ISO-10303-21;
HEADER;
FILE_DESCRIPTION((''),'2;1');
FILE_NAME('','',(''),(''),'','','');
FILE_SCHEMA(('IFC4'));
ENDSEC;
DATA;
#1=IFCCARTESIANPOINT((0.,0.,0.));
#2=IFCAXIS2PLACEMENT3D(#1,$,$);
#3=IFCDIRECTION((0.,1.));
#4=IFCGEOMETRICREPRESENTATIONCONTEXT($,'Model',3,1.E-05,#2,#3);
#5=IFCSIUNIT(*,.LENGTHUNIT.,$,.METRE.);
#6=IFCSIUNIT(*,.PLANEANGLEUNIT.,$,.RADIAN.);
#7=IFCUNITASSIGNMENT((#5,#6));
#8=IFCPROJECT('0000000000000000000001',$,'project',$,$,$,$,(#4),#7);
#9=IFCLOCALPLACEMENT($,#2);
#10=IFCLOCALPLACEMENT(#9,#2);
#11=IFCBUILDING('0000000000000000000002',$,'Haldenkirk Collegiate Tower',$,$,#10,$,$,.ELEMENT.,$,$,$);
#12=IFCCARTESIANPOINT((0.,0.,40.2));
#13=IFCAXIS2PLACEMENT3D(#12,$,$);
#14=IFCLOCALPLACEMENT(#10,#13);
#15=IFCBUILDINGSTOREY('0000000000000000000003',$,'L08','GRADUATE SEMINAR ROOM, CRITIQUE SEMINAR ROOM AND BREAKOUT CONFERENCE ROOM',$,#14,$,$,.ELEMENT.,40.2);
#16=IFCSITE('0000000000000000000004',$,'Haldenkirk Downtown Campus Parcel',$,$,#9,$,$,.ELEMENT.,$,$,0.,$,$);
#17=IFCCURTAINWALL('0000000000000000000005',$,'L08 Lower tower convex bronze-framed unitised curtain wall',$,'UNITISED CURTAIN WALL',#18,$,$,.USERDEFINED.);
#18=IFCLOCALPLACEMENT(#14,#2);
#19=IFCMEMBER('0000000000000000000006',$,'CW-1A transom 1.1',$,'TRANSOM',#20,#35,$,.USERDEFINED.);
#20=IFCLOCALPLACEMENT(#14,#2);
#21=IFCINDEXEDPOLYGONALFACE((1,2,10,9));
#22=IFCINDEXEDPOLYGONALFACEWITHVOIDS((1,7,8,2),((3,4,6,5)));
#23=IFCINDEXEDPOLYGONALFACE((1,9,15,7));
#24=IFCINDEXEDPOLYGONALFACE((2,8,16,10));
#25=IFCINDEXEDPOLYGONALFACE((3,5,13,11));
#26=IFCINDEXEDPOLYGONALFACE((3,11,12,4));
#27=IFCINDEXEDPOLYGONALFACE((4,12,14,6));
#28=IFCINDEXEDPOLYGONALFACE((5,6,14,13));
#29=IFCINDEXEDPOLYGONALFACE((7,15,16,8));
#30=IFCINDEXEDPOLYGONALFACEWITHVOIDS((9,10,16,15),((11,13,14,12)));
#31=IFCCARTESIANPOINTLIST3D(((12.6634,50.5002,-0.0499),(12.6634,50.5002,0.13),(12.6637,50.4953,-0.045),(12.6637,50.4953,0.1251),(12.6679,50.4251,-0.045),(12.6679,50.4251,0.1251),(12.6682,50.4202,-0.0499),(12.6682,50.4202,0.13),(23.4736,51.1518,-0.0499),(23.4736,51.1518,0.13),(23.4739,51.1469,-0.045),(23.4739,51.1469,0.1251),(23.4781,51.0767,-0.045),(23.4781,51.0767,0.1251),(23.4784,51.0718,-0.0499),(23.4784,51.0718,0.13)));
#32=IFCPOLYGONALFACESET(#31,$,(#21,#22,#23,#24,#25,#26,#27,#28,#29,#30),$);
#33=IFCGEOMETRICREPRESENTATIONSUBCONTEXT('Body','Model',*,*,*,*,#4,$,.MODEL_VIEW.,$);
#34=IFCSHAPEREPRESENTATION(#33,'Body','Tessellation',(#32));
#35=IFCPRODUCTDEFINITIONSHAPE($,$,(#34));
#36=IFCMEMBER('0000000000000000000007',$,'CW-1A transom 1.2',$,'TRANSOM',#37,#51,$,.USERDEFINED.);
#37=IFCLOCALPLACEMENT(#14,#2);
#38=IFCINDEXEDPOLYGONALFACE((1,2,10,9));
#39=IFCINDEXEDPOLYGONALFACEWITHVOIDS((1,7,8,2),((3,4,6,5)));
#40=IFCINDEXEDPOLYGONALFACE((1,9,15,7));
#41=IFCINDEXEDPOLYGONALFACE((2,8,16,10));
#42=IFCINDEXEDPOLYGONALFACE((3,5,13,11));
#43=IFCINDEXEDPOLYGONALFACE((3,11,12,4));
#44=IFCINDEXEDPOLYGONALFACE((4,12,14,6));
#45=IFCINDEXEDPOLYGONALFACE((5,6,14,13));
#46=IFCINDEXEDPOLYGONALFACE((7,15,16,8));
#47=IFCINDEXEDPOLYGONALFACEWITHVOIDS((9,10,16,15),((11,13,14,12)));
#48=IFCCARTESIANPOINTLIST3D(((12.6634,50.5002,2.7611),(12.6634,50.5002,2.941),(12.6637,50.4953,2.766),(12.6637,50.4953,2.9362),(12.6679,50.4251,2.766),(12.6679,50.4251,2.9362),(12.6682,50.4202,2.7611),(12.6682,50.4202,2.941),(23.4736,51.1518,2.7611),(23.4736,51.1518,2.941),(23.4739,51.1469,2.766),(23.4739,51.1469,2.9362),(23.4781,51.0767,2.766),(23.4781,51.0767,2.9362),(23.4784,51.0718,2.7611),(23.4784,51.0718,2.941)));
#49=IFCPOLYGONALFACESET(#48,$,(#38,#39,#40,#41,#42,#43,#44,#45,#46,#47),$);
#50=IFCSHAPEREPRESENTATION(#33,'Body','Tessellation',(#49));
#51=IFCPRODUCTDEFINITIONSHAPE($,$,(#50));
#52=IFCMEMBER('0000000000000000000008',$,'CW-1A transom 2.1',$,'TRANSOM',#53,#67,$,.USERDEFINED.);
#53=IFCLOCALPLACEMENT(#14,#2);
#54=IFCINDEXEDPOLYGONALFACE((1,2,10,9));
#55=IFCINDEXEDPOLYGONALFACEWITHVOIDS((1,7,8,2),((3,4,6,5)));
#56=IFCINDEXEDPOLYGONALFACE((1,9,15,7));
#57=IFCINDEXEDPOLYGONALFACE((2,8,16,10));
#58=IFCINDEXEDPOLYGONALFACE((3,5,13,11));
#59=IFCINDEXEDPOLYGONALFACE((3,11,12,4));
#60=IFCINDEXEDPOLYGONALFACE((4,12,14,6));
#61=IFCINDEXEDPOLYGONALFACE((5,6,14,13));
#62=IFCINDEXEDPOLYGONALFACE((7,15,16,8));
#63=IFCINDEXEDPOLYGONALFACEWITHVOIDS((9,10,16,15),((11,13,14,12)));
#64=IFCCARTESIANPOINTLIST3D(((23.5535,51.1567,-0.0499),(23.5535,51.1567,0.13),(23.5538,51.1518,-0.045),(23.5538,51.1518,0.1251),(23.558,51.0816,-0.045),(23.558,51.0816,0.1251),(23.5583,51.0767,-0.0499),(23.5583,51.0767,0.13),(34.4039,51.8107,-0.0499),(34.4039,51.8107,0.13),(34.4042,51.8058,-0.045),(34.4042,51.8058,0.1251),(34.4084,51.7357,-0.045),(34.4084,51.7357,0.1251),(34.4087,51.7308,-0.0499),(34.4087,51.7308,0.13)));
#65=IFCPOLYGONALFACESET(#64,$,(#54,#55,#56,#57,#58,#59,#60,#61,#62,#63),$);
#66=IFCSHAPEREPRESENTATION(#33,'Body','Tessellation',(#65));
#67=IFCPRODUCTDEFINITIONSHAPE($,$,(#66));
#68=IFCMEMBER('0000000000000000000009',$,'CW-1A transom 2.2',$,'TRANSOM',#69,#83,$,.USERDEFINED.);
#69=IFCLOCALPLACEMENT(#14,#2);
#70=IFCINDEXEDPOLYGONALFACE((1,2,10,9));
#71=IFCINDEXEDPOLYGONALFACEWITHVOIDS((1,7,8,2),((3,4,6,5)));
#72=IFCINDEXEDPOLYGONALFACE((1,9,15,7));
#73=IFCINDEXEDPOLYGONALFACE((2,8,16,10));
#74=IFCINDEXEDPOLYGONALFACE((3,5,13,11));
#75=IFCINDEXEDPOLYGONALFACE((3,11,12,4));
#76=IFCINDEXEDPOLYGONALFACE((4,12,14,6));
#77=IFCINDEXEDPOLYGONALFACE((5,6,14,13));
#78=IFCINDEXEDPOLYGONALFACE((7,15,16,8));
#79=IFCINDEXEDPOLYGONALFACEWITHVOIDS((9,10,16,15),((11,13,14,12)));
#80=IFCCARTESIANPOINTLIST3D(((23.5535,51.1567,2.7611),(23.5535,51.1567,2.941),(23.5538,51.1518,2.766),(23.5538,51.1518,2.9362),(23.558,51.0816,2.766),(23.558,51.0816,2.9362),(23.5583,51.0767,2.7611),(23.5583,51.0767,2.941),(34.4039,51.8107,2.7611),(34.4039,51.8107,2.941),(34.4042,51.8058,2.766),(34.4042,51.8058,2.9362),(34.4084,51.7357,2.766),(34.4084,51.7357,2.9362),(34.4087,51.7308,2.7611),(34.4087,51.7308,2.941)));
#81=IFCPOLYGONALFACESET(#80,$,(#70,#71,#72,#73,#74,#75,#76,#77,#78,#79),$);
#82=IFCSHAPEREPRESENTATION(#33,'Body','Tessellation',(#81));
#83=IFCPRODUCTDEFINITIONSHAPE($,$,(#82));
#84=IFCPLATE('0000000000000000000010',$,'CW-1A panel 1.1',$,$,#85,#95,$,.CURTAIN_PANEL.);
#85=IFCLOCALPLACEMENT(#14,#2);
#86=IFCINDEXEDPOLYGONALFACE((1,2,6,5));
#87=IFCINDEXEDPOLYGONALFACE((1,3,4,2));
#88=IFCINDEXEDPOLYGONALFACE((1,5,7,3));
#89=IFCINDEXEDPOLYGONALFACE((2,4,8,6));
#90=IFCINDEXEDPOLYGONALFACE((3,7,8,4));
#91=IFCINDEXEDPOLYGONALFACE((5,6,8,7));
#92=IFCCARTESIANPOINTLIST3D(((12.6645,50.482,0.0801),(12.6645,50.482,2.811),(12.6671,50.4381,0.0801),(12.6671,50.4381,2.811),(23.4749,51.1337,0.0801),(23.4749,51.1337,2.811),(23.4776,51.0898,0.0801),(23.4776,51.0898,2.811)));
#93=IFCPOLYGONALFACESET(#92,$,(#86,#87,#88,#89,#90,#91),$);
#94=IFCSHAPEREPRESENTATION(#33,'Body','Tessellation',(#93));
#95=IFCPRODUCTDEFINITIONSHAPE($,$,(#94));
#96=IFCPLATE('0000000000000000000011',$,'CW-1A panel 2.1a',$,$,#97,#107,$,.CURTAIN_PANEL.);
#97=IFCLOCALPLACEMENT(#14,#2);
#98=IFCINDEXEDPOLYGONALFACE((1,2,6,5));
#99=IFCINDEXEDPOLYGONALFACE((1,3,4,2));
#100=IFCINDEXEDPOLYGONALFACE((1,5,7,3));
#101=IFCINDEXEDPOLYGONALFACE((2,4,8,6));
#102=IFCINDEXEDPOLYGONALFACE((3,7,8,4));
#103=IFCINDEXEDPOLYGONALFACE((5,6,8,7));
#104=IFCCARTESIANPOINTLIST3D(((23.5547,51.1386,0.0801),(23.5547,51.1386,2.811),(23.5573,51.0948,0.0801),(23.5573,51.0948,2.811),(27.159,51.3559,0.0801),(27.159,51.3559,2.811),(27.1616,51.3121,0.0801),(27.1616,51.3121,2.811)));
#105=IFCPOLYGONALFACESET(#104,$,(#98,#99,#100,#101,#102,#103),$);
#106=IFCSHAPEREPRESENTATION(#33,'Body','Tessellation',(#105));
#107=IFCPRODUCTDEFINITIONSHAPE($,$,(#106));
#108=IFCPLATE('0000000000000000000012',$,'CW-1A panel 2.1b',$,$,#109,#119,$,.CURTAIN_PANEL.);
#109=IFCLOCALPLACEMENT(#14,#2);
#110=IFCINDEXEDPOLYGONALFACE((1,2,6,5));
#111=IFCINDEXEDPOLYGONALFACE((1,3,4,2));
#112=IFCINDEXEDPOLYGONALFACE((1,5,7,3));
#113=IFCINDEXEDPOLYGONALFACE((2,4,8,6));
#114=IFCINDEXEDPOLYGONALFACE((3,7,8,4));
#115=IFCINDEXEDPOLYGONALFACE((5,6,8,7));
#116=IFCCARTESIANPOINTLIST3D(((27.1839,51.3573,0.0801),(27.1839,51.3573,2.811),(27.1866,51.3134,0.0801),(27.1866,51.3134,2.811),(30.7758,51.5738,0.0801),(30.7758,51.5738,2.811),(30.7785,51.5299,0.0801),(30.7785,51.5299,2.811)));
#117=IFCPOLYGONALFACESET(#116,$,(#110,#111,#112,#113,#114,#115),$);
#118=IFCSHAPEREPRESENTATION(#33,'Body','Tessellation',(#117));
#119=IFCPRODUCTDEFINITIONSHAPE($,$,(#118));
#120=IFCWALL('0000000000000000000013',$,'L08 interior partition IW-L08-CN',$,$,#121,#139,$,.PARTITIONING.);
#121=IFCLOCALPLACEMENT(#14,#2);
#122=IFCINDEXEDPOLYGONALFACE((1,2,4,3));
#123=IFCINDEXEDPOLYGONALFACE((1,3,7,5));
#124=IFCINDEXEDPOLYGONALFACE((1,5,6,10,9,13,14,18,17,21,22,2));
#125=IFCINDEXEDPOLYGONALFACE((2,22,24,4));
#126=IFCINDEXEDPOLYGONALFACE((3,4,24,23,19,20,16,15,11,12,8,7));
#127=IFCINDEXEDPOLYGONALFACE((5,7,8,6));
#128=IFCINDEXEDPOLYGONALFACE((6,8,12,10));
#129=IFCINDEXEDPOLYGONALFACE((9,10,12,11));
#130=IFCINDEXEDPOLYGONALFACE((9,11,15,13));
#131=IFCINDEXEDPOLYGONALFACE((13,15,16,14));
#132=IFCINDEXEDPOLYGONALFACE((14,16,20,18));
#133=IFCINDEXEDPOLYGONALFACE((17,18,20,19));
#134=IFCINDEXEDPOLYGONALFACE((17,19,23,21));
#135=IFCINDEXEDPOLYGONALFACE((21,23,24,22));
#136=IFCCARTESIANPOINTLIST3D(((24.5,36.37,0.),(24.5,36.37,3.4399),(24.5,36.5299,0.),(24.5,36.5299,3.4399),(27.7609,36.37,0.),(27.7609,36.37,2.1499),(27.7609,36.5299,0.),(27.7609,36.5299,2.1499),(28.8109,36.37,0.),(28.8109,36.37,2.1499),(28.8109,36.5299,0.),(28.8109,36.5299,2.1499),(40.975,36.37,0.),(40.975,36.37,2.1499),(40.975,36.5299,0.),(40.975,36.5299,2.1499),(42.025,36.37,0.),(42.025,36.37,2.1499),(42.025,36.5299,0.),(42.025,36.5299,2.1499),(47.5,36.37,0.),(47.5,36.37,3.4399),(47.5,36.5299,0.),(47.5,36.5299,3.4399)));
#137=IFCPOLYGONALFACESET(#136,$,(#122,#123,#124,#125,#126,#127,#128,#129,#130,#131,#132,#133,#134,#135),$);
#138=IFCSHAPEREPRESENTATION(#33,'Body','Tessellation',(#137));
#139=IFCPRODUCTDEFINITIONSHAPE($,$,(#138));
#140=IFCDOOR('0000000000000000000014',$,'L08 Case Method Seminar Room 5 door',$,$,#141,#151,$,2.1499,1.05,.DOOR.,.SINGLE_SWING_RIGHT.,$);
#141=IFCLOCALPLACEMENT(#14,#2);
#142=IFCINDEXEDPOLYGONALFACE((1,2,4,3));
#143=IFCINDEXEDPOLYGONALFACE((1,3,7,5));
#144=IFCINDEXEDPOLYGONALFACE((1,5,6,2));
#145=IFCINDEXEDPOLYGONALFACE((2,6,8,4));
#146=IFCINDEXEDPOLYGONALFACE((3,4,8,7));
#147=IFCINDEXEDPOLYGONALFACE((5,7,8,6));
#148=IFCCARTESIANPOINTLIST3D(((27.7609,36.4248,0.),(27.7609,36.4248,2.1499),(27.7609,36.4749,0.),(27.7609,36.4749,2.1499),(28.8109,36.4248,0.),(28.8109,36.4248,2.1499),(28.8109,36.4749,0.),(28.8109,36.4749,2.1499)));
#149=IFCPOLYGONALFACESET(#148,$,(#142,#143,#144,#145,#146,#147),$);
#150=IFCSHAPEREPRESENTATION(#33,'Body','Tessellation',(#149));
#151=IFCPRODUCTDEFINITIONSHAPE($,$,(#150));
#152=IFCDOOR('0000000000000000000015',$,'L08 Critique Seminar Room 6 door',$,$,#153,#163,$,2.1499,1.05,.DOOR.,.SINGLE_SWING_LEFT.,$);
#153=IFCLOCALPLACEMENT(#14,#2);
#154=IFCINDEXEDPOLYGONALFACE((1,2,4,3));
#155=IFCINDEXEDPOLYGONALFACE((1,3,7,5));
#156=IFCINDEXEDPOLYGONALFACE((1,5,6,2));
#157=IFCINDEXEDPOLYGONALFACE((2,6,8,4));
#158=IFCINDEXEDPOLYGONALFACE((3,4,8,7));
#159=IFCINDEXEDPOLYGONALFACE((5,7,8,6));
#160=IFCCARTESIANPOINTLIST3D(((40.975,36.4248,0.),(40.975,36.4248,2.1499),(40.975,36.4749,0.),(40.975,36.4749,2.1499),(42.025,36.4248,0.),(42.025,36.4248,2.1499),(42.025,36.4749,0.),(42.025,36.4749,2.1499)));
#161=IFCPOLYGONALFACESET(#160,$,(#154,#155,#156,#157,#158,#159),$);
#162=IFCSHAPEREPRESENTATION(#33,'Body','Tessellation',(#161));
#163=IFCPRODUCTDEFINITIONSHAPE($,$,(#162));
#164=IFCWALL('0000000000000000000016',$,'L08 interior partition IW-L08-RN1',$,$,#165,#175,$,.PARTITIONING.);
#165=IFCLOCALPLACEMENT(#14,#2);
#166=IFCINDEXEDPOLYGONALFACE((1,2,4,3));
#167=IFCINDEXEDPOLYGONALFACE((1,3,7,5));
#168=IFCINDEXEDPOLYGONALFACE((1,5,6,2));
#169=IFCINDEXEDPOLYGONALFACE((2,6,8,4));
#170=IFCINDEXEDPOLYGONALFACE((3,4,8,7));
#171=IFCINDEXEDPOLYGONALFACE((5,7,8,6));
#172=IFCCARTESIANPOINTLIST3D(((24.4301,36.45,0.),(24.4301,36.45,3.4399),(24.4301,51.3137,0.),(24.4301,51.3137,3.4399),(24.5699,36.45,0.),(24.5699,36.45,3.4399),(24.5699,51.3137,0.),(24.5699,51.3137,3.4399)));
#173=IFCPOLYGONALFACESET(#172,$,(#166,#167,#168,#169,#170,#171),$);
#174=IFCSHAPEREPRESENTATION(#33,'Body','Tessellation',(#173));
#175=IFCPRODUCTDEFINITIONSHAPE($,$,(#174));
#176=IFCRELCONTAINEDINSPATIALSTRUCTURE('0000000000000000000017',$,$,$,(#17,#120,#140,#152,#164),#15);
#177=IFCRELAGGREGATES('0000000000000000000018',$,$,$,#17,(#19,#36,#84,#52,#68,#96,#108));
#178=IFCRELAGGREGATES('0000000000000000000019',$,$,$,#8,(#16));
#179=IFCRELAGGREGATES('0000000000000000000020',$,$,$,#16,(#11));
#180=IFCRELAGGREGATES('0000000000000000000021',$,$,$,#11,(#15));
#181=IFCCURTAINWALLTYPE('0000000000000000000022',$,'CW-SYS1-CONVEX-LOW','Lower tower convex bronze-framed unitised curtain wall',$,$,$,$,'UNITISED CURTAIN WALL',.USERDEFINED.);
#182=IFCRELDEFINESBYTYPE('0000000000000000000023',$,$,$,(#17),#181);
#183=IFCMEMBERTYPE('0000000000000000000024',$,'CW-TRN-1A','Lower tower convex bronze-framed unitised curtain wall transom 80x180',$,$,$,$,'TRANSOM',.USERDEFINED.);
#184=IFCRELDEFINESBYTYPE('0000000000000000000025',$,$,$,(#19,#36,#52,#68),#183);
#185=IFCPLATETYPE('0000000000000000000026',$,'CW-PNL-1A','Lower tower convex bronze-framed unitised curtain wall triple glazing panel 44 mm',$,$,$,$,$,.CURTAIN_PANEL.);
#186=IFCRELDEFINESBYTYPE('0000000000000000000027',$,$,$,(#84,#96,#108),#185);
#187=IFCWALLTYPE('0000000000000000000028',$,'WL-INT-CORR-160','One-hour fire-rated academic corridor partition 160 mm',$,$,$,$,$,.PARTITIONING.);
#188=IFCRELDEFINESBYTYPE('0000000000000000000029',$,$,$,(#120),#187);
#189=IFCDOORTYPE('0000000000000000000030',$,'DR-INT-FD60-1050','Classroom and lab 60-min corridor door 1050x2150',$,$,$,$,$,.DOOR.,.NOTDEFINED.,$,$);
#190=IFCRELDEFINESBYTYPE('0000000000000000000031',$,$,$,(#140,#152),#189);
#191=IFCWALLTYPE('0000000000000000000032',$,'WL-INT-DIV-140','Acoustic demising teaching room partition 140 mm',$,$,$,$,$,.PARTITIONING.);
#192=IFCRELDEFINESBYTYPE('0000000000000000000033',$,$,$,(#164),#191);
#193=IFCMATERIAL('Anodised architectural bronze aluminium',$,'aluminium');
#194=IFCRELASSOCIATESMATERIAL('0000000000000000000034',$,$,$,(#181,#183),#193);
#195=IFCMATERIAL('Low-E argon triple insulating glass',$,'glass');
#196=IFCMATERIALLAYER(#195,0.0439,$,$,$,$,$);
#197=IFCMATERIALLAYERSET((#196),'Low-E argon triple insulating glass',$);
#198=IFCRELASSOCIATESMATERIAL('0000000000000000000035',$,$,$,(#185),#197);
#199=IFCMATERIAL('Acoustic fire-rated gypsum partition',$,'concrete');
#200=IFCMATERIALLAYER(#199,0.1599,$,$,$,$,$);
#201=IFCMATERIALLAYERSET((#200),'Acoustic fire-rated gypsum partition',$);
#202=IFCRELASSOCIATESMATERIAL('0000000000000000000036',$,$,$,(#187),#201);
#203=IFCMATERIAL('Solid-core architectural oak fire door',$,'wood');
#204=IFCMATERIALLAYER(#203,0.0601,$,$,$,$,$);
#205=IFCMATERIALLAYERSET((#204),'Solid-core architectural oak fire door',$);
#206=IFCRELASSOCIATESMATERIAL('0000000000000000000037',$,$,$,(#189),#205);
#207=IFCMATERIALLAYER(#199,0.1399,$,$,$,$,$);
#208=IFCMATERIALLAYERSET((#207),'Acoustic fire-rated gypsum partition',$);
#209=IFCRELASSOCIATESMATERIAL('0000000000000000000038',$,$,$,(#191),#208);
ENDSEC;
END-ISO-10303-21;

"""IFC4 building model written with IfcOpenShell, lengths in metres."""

from ifc_helpers import new_model, si_unit, direction, frame, frame_2d, origin, origin_2d, place, context, subcontext, project, spatial, rectangle, hollow_rectangle, extrude, source, transform, mapped, material, layer, layer_set, material_profile, profile_set, type_object, element, fill, aggregate, save


model = new_model("IFC4")

# Units and contexts
model_context = context("Model", 3, precision=1e-05, world=origin(), true_north=direction((0.0, 1.0)))
body_context = subcontext(model_context, "Body", "Model", "MODEL_VIEW")
ifc_project = project(units=[si_unit("LENGTHUNIT", "METRE"), si_unit("PLANEANGLEUNIT", "RADIAN")], contexts=[model_context])

# Site, building, storey
site_placement = place(None, origin())
site = spatial("IfcSite", under=ifc_project, at=site_placement, Name="Haldenkirk Downtown Campus Parcel", CompositionType="ELEMENT", RefElevation=0.0)
building_placement = place(site_placement, origin())
building = spatial("IfcBuilding", under=site, at=building_placement, Name="Haldenkirk Collegiate Tower", CompositionType="ELEMENT")
storey_placement = place(building_placement, frame((0.0, 0.0, 40.2)))
storey = spatial("IfcBuildingStorey", under=building, at=storey_placement, Name="L08", Description="GRADUATE SEMINAR ROOM, CRITIQUE SEMINAR ROOM AND BREAKOUT CONFERENCE ROOM", CompositionType="ELEMENT", Elevation=40.2)

# Curtain wall, members, plates
ifc_material_1 = material(Name="Anodised architectural bronze aluminium", Category="aluminium")
curtain_wall_type = type_object("IfcCurtainWallType", Name="CW-SYS1-CONVEX-LOW", Description="Lower tower convex bronze-framed unitised curtain wall", ElementType="UNITISED CURTAIN WALL", PredefinedType="USERDEFINED", material=ifc_material_1)
curtain_wall_placement = place(storey_placement, origin())
curtain_wall = element("IfcCurtainWall", 1, at=curtain_wall_placement, inside=storey, type_object=curtain_wall_type, Name="L08 Lower tower convex bronze-framed unitised curtain wall", ObjectType="UNITISED CURTAIN WALL", PredefinedType="USERDEFINED")
ifc_material_profile_1 = material_profile(ifc_material_1, hollow_rectangle(XDim=0.0801, YDim=0.1799, WallThickness=0.0049, at=origin_2d()), Name="CW-TRN-1A")
ifc_profile_set_1 = profile_set([ifc_material_profile_1], Name="Anodised architectural bronze aluminium")
member_type_1 = type_object("IfcMemberType", Name="CW-TRN-1A", Description="Lower tower convex bronze-framed unitised curtain wall transom 80x180", ElementType="TRANSOM", PredefinedType="USERDEFINED", material=ifc_profile_set_1)
member_1_placement = place(storey_placement, frame((12.6658, 50.4602, 0.04), z_axis=(0.998188, 0.060168, 0.0), x_axis=(-0.060168, 0.998188, 0.0)))
member_1 = element("IfcMember", 2, at=member_1_placement, type_object=member_type_1, Name="CW-1A transom 1.1", ObjectType="TRANSOM", PredefinedType="USERDEFINED", context=body_context, shape_type="SweptSolid", body=[
    extrude(hollow_rectangle(XDim=0.0801, YDim=0.1799, WallThickness=0.0049, at=origin_2d()), origin(), (0.0, 0.0, 1.0), 10.8298),
])
member_2_placement = place(storey_placement, frame((12.6658, 50.4602, 2.8511), z_axis=(0.998188, 0.060168, 0.0), x_axis=(-0.060168, 0.998188, 0.0)))
member_2 = element("IfcMember", 3, at=member_2_placement, type_object=member_type_1, Name="CW-1A transom 1.2", ObjectType="TRANSOM", PredefinedType="USERDEFINED", context=body_context, shape_type="SweptSolid", body=[
    extrude(hollow_rectangle(XDim=0.0801, YDim=0.1799, WallThickness=0.0049, at=origin_2d()), origin(), (0.0, 0.0, 1.0), 10.8298),
])
member_3_placement = place(storey_placement, frame((23.5559, 51.1167, 0.04), z_axis=(0.998188, 0.06017, 0.0), x_axis=(-0.06017, 0.998188, 0.0)))
member_3 = element("IfcMember", 4, at=member_3_placement, type_object=member_type_1, Name="CW-1A transom 2.1", ObjectType="TRANSOM", PredefinedType="USERDEFINED", context=body_context, shape_type="SweptSolid", body=[
    extrude(hollow_rectangle(XDim=0.0801, YDim=0.1799, WallThickness=0.0049, at=origin_2d()), origin(), (0.0, 0.0, 1.0), 10.8701),
])
member_4_placement = place(storey_placement, frame((23.5559, 51.1167, 2.8511), z_axis=(0.998188, 0.06017, 0.0), x_axis=(-0.06017, 0.998188, 0.0)))
member_4 = element("IfcMember", 5, at=member_4_placement, type_object=member_type_1, Name="CW-1A transom 2.2", ObjectType="TRANSOM", PredefinedType="USERDEFINED", context=body_context, shape_type="SweptSolid", body=[
    extrude(hollow_rectangle(XDim=0.0801, YDim=0.1799, WallThickness=0.0049, at=origin_2d()), origin(), (0.0, 0.0, 1.0), 10.8701),
])
ifc_material_2 = material(Name="Low-E argon triple insulating glass", Category="glass")
ifc_layer_1 = layer(ifc_material_2, 0.0439)
ifc_layer_set_1 = layer_set([ifc_layer_1], Name="Low-E argon triple insulating glass")
plate_type = type_object("IfcPlateType", Name="CW-PNL-1A", Description="Lower tower convex bronze-framed unitised curtain wall triple glazing panel 44 mm", PredefinedType="CURTAIN_PANEL", material=ifc_layer_set_1)
shared_shape_1 = source(origin(), body_context, "Body", "SweptSolid", [
    extrude(rectangle(XDim=10.8301, YDim=0.0439, at=origin_2d()), origin(), (0.0, 0.0, 1.0), 2.731),
])
plate_1_placement = place(storey_placement, frame((18.071, 50.7859, 0.0801), z_axis=(0.0, 0.0, 1.0), x_axis=(0.998188, 0.060176, 0.0)))
plate_1 = element("IfcPlate", 6, at=plate_1_placement, type_object=plate_type, Name="CW-1A panel 1.1", PredefinedType="CURTAIN_PANEL", context=body_context, shape_type="MappedRepresentation", body=[
    mapped(shared_shape_1, transform((0.0, 0.0, 0.0), x_axis=(1.0, 0.0, 0.0), y_axis=(0.0, 1.0, 0.0), z_axis=(0.0, 0.0, 1.0), scale=1.0)),
])
shared_shape_2 = source(origin(), body_context, "Body", "SweptSolid", [
    extrude(rectangle(XDim=3.6108, YDim=0.0439, at=origin_2d()), origin(), (0.0, 0.0, 1.0), 2.731),
])
plate_2_placement = place(storey_placement, frame((25.3582, 51.2253, 0.0801), z_axis=(0.0, 0.0, 1.0), x_axis=(0.998188, 0.060176, 0.0)))
plate_2 = element("IfcPlate", 7, at=plate_2_placement, type_object=plate_type, Name="CW-1A panel 2.1a", PredefinedType="CURTAIN_PANEL", context=body_context, shape_type="MappedRepresentation", body=[
    mapped(shared_shape_2, transform((0.0, 0.0, 0.0), x_axis=(1.0, 0.0, 0.0), y_axis=(0.0, 1.0, 0.0), z_axis=(0.0, 0.0, 1.0), scale=1.0)),
])
shared_shape_3 = source(origin(), body_context, "Body", "SweptSolid", [
    extrude(rectangle(XDim=3.5984, YDim=0.0439, at=origin_2d()), origin(), (0.0, 0.0, 1.0), 2.731),
])
plate_3_placement = place(storey_placement, frame((28.9812, 51.4436, 0.0801), z_axis=(0.0, 0.0, 1.0), x_axis=(0.998188, 0.060176, 0.0)))
plate_3 = element("IfcPlate", 8, at=plate_3_placement, type_object=plate_type, Name="CW-1A panel 2.1b", PredefinedType="CURTAIN_PANEL", context=body_context, shape_type="MappedRepresentation", body=[
    mapped(shared_shape_3, transform((0.0, 0.0, 0.0), x_axis=(1.0, 0.0, 0.0), y_axis=(0.0, 1.0, 0.0), z_axis=(0.0, 0.0, 1.0), scale=1.0)),
])
aggregate(curtain_wall, [member_1, member_2, plate_1, member_3, member_4, plate_2, plate_3])

# Wall, openings, doors
ifc_material_3 = material(Name="Acoustic fire-rated gypsum partition", Category="concrete")
ifc_layer_2 = layer(ifc_material_3, 0.1599)
ifc_layer_set_2 = layer_set([ifc_layer_2], Name="Acoustic fire-rated gypsum partition")
wall_type_1 = type_object("IfcWallType", Name="WL-INT-CORR-160", Description="One-hour fire-rated academic corridor partition 160 mm", PredefinedType="PARTITIONING", material=ifc_layer_set_2)
wall_1_placement = place(storey_placement, frame((24.5, 36.45, 0.0), z_axis=(0.0, 0.0, 1.0), x_axis=(1.0, 0.0, 0.0)))
wall_1 = element("IfcWall", 9, at=wall_1_placement, inside=storey, type_object=wall_type_1, Name="L08 interior partition IW-L08-CN", PredefinedType="PARTITIONING", context=body_context, shape_type="SweptSolid", body=[
    extrude(rectangle(XDim=23.0, YDim=0.1599, at=frame_2d((11.5, 0.0))), origin(), (0.0, 0.0, 1.0), 3.4399),
])
opening_1_placement = place(wall_1_placement, frame((3.261, 0.0, 0.0)))
opening_1 = element("IfcOpeningElement", 10, at=opening_1_placement, cuts=wall_1, PredefinedType="OPENING", context=body_context, shape_type="SweptSolid", body=[
    extrude(rectangle(XDim=1.05, YDim=2.1499, at=frame_2d((0.5249, 1.075))), frame((0.0, 0.0898, 0.0), z_axis=(0.0, -1.0, 0.0), x_axis=(1.0, 0.0, 0.0)), (0.0, 0.0, 1.0), 0.1799),
])
opening_2_placement = place(wall_1_placement, frame((16.4751, 0.0, 0.0)))
opening_2 = element("IfcOpeningElement", 11, at=opening_2_placement, cuts=wall_1, PredefinedType="OPENING", context=body_context, shape_type="SweptSolid", body=[
    extrude(rectangle(XDim=1.05, YDim=2.1499, at=frame_2d((0.5249, 1.075))), frame((0.0, 0.0898, 0.0), z_axis=(0.0, -1.0, 0.0), x_axis=(1.0, 0.0, 0.0)), (0.0, 0.0, 1.0), 0.1799),
])
ifc_material_4 = material(Name="Solid-core architectural oak fire door", Category="wood")
ifc_layer_3 = layer(ifc_material_4, 0.0601)
ifc_layer_set_3 = layer_set([ifc_layer_3], Name="Solid-core architectural oak fire door")
door_type_1 = type_object("IfcDoorType", Name="DR-INT-FD60-1050", Description="Classroom and lab 60-min corridor door 1050x2150", OperationType="NOTDEFINED", PredefinedType="DOOR", material=ifc_layer_set_3)
door_1_placement = place(opening_1_placement, origin())
door_1 = element("IfcDoor", 12, at=door_1_placement, inside=storey, type_object=door_type_1, Name="L08 Case Method Seminar Room 5 door", OperationType="SINGLE_SWING_RIGHT", OverallHeight=2.1499, OverallWidth=1.05, PredefinedType="DOOR", context=body_context, shape_type="SweptSolid", body=[
    extrude(rectangle(XDim=1.05, YDim=2.1499, at=frame_2d((0.5249, 1.075))), frame((0.0, 0.0249, 0.0), z_axis=(0.0, -1.0, 0.0), x_axis=(1.0, 0.0, 0.0)), (0.0, 0.0, 1.0), 0.05),
])
fill(opening_1, door_1)
door_2_placement = place(opening_2_placement, origin())
door_2 = element("IfcDoor", 13, at=door_2_placement, inside=storey, type_object=door_type_1, Name="L08 Critique Seminar Room 6 door", OperationType="SINGLE_SWING_LEFT", OverallHeight=2.1499, OverallWidth=1.05, PredefinedType="DOOR", context=body_context, shape_type="SweptSolid", body=[
    extrude(rectangle(XDim=1.05, YDim=2.1499, at=frame_2d((0.5249, 1.075))), frame((0.0, 0.0249, 0.0), z_axis=(0.0, -1.0, 0.0), x_axis=(1.0, 0.0, 0.0)), (0.0, 0.0, 1.0), 0.05),
])
fill(opening_2, door_2)

# Wall
ifc_layer_4 = layer(ifc_material_3, 0.1399)
ifc_layer_set_4 = layer_set([ifc_layer_4], Name="Acoustic fire-rated gypsum partition")
wall_type_2 = type_object("IfcWallType", Name="WL-INT-DIV-140", Description="Acoustic demising teaching room partition 140 mm", PredefinedType="PARTITIONING", material=ifc_layer_set_4)
wall_2_placement = place(storey_placement, frame((24.5, 36.45, 0.0), z_axis=(0.0, 0.0, 1.0), x_axis=(0.0, 1.0, 0.0)))
element("IfcWall", 14, at=wall_2_placement, inside=storey, type_object=wall_type_2, Name="L08 interior partition IW-L08-RN1", PredefinedType="PARTITIONING", context=body_context, shape_type="SweptSolid", body=[
    extrude(rectangle(XDim=14.8638, YDim=0.1399, at=frame_2d((7.4319, 0.0))), origin(), (0.0, 0.0, 1.0), 3.4399),
])

save(model, "model.ifc")
